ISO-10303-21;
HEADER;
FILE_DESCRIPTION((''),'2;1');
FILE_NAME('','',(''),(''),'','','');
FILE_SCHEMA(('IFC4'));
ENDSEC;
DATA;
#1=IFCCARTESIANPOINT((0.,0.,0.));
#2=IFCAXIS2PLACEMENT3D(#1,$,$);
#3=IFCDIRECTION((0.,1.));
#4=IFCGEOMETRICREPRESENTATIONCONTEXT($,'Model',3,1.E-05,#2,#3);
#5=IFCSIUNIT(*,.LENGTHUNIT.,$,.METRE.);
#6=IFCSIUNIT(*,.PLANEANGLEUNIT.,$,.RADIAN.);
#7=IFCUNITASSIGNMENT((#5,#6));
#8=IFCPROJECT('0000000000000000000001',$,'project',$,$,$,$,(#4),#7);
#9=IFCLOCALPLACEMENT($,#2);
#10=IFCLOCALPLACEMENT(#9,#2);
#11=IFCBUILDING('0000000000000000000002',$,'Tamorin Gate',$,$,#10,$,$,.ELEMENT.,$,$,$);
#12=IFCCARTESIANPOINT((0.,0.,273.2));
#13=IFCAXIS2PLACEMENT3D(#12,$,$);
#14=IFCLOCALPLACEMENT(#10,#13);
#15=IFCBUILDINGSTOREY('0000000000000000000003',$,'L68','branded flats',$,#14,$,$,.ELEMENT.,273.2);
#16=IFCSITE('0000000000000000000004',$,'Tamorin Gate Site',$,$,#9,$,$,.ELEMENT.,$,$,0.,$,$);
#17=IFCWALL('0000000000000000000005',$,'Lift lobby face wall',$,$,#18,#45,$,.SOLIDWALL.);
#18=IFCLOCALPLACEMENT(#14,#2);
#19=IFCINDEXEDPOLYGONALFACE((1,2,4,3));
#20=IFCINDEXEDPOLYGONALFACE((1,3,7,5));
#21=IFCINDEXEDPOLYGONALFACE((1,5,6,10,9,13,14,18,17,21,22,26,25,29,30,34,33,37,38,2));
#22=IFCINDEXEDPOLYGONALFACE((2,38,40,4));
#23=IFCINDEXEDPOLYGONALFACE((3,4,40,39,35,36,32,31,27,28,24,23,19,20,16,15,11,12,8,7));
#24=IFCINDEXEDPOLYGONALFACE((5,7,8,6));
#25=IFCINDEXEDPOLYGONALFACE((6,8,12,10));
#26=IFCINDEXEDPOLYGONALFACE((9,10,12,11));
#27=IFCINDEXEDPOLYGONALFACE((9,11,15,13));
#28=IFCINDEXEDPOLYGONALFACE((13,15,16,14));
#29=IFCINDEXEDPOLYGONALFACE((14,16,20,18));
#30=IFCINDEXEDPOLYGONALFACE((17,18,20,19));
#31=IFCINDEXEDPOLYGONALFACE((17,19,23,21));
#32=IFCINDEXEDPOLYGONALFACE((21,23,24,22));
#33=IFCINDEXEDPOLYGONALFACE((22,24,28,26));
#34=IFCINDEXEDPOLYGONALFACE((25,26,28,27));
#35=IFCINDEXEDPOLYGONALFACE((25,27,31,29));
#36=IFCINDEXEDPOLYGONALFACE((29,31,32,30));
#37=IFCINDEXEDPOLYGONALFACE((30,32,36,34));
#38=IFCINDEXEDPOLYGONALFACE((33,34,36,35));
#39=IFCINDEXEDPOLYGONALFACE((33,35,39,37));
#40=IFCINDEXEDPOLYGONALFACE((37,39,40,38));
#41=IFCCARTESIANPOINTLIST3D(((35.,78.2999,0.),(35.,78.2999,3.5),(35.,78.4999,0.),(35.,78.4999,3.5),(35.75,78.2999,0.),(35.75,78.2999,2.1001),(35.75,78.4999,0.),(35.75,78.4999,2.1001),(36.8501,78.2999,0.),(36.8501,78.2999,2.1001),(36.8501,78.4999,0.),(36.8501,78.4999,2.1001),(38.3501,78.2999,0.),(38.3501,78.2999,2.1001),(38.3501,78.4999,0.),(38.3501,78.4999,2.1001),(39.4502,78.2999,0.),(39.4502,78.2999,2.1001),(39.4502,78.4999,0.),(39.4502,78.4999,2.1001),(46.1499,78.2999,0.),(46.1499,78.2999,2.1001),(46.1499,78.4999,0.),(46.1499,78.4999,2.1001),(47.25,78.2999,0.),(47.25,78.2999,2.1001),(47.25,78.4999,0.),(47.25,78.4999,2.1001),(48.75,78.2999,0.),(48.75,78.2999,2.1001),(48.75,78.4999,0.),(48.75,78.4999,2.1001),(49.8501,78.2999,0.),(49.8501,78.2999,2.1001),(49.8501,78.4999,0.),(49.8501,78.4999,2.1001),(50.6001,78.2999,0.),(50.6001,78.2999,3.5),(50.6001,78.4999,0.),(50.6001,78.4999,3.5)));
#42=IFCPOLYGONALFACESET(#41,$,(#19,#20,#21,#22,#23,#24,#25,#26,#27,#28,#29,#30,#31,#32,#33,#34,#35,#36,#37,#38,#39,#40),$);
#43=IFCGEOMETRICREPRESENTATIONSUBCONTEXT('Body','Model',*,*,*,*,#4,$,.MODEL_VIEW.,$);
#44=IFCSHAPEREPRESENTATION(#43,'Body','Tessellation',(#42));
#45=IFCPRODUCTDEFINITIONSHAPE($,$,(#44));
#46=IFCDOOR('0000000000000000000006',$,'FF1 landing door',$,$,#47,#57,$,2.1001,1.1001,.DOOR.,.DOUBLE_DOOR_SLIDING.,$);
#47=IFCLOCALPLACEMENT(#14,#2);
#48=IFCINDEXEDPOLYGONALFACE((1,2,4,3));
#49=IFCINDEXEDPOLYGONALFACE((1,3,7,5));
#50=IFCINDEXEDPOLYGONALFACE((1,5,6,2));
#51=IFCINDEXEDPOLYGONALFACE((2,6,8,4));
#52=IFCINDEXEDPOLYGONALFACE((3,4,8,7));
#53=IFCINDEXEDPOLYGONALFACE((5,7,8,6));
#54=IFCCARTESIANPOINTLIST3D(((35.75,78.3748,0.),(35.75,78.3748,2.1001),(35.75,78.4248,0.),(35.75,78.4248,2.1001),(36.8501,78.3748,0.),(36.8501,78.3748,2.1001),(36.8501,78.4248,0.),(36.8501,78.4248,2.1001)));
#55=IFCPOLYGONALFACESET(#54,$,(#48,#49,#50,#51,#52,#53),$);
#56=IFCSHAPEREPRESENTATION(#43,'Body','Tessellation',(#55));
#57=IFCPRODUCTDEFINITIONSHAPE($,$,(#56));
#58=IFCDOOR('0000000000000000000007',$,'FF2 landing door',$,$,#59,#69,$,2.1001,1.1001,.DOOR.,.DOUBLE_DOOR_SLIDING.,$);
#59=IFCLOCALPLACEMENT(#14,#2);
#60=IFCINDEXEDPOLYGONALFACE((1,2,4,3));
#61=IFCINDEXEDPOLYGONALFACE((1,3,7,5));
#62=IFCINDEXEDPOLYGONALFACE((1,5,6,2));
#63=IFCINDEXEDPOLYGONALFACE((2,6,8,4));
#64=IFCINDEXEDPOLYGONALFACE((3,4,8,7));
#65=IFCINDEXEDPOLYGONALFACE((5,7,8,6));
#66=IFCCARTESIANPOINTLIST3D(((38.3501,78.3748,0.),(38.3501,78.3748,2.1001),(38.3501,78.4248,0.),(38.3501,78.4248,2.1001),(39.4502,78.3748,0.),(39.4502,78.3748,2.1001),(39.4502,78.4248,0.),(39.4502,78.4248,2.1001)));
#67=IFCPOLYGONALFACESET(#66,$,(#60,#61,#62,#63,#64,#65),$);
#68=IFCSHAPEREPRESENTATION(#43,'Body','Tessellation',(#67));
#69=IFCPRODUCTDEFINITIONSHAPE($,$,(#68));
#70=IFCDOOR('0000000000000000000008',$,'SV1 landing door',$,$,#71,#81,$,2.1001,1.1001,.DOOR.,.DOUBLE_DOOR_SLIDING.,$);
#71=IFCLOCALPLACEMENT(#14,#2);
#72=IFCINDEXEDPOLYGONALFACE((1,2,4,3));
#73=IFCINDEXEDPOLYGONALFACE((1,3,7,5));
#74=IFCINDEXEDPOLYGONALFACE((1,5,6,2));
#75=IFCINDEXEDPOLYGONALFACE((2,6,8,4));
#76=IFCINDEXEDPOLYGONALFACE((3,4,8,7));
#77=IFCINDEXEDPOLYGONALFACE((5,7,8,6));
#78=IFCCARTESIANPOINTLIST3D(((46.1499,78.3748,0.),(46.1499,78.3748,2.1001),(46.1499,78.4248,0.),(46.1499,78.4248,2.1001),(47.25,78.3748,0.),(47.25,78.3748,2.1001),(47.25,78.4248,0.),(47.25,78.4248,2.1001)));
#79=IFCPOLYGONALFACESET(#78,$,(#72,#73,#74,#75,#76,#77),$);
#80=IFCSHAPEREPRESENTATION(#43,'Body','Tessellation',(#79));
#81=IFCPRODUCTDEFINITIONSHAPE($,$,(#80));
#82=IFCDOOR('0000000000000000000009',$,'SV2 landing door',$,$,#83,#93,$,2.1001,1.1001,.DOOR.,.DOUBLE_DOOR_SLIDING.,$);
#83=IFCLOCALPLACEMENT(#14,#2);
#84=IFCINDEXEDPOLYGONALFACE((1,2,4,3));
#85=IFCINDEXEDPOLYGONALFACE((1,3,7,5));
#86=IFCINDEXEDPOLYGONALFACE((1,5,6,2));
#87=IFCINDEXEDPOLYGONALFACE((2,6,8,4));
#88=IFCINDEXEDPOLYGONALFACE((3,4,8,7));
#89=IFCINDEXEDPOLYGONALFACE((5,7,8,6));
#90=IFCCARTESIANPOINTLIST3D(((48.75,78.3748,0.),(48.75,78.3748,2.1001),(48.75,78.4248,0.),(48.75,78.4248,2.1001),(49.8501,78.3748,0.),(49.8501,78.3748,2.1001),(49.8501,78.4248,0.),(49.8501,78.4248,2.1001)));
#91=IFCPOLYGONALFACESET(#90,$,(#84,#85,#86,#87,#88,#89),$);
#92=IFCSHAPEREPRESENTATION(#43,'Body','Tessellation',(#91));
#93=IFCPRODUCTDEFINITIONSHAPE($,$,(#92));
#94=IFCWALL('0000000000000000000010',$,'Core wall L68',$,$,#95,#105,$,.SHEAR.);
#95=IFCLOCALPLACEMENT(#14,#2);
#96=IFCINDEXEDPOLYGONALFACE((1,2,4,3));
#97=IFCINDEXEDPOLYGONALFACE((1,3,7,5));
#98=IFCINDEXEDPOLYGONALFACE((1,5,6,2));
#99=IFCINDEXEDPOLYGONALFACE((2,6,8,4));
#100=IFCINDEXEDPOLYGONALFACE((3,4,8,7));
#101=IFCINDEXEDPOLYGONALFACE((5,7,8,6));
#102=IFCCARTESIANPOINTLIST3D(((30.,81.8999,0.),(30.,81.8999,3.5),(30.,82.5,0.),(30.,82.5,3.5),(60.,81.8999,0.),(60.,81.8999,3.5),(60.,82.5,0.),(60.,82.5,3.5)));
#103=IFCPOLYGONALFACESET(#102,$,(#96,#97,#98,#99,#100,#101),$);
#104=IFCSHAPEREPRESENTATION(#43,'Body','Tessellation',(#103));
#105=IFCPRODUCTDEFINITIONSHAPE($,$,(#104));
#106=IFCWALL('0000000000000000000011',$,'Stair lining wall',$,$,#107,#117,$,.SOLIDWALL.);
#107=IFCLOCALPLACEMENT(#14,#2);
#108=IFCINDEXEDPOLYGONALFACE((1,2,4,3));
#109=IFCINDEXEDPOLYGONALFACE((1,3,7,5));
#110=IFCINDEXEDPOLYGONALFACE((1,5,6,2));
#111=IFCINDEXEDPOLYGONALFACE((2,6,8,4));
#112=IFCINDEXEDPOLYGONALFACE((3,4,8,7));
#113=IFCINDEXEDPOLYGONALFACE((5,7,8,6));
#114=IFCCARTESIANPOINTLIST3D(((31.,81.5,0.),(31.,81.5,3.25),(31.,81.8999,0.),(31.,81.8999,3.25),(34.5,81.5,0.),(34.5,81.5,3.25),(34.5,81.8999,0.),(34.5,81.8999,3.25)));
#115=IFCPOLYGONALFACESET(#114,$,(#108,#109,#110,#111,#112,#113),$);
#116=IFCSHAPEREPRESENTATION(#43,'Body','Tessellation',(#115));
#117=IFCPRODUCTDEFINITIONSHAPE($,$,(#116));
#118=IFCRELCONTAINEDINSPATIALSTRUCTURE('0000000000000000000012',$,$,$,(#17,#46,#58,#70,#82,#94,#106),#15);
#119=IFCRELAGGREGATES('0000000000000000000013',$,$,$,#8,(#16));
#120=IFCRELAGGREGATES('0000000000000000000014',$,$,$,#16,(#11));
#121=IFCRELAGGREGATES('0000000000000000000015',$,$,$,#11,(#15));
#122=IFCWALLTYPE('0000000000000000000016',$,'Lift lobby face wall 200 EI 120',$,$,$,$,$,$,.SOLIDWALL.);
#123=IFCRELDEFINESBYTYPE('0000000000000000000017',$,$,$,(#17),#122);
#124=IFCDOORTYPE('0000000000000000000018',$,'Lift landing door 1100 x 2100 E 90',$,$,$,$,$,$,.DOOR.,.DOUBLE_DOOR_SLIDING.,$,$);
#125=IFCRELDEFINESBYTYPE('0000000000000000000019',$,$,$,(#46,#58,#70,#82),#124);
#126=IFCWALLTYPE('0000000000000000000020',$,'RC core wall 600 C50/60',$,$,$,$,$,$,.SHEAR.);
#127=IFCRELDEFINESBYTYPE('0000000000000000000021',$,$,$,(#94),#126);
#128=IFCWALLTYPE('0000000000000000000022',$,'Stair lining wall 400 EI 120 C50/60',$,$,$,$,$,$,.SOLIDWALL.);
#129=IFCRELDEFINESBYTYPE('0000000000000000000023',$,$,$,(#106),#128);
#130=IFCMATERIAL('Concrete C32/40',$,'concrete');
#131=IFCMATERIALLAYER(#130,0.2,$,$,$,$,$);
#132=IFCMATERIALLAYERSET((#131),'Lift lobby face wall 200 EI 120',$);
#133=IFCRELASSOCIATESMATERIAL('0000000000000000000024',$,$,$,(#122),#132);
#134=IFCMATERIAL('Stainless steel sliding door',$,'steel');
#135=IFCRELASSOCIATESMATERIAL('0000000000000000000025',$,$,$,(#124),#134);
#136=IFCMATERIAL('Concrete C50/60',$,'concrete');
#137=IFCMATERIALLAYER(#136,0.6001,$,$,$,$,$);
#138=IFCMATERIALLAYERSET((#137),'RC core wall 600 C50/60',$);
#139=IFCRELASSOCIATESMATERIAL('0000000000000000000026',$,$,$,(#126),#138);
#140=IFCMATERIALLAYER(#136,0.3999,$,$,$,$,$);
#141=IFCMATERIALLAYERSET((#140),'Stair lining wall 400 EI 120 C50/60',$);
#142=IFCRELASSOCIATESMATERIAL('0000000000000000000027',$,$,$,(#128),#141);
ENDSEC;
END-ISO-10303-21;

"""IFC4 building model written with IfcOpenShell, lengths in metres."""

from ifc_helpers import new_model, si_unit, direction, frame, frame_2d, origin, place, context, subcontext, project, spatial, rectangle, extrude, material, layer, layer_set, type_object, element, fill, save


model = new_model("IFC4")

# Units and contexts
model_context = context("Model", 3, precision=1e-05, world=origin(), true_north=direction((0.0, 1.0)))
body_context = subcontext(model_context, "Body", "Model", "MODEL_VIEW")
ifc_project = project(units=[si_unit("LENGTHUNIT", "METRE"), si_unit("PLANEANGLEUNIT", "RADIAN")], contexts=[model_context])

# Site, building, storey
site_placement = place(None, origin())
site = spatial("IfcSite", under=ifc_project, at=site_placement, Name="Tamorin Gate Site", CompositionType="ELEMENT", RefElevation=0.0)
building_placement = place(site_placement, origin())
building = spatial("IfcBuilding", under=site, at=building_placement, Name="Tamorin Gate", CompositionType="ELEMENT")
storey_placement = place(building_placement, frame((0.0, 0.0, 273.2)))
storey = spatial("IfcBuildingStorey", under=building, at=storey_placement, Name="L68", Description="branded flats", CompositionType="ELEMENT", Elevation=273.2)

# Wall, openings, doors
ifc_material_1 = material(Name="Concrete C32/40", Category="concrete")
ifc_layer_1 = layer(ifc_material_1, 0.2)
ifc_layer_set_1 = layer_set([ifc_layer_1], Name="Lift lobby face wall 200 EI 120")
wall_type_1 = type_object("IfcWallType", Name="Lift lobby face wall 200 EI 120", PredefinedType="SOLIDWALL", material=ifc_layer_set_1)
wall_1_placement = place(storey_placement, frame((35.0, 78.3999, 0.0), z_axis=(0.0, 0.0, 1.0), x_axis=(1.0, 0.0, 0.0)))
wall_1 = element("IfcWall", 1, at=wall_1_placement, inside=storey, type_object=wall_type_1, Name="Lift lobby face wall", PredefinedType="SOLIDWALL", context=body_context, shape_type="SweptSolid", body=[
    extrude(rectangle(XDim=15.6001, YDim=0.2, at=frame_2d((7.8, 0.0))), origin(), (0.0, 0.0, 1.0), 3.5),
])
opening_1_placement = place(wall_1_placement, frame((0.75, 0.0, 0.0)))
opening_1 = element("IfcOpeningElement", 2, at=opening_1_placement, cuts=wall_1, PredefinedType="OPENING", context=body_context, shape_type="SweptSolid", body=[
    extrude(rectangle(XDim=1.1001, YDim=2.1001, at=frame_2d((0.55, 1.05))), frame((0.0, 0.1099, 0.0), z_axis=(0.0, -1.0, 0.0), x_axis=(1.0, 0.0, 0.0)), (0.0, 0.0, 1.0), 0.22),
])
opening_2_placement = place(wall_1_placement, frame((3.3501, 0.0, 0.0)))
opening_2 = element("IfcOpeningElement", 3, at=opening_2_placement, cuts=wall_1, PredefinedType="OPENING", context=body_context, shape_type="SweptSolid", body=[
    extrude(rectangle(XDim=1.1001, YDim=2.1001, at=frame_2d((0.55, 1.05))), frame((0.0, 0.1099, 0.0), z_axis=(0.0, -1.0, 0.0), x_axis=(1.0, 0.0, 0.0)), (0.0, 0.0, 1.0), 0.22),
])
opening_3_placement = place(wall_1_placement, frame((11.1499, 0.0, 0.0)))
opening_3 = element("IfcOpeningElement", 4, at=opening_3_placement, cuts=wall_1, PredefinedType="OPENING", context=body_context, shape_type="SweptSolid", body=[
    extrude(rectangle(XDim=1.1001, YDim=2.1001, at=frame_2d((0.55, 1.05))), frame((0.0, 0.1099, 0.0), z_axis=(0.0, -1.0, 0.0), x_axis=(1.0, 0.0, 0.0)), (0.0, 0.0, 1.0), 0.22),
])
opening_4_placement = place(wall_1_placement, frame((13.75, 0.0, 0.0)))
opening_4 = element("IfcOpeningElement", 5, at=opening_4_placement, cuts=wall_1, PredefinedType="OPENING", context=body_context, shape_type="SweptSolid", body=[
    extrude(rectangle(XDim=1.1001, YDim=2.1001, at=frame_2d((0.55, 1.05))), frame((0.0, 0.1099, 0.0), z_axis=(0.0, -1.0, 0.0), x_axis=(1.0, 0.0, 0.0)), (0.0, 0.0, 1.0), 0.22),
])
ifc_material_2 = material(Name="Stainless steel sliding door", Category="steel")
door_type_1 = type_object("IfcDoorType", Name="Lift landing door 1100 x 2100 E 90", OperationType="DOUBLE_DOOR_SLIDING", PredefinedType="DOOR", material=ifc_material_2)
door_1_placement = place(opening_1_placement, origin())
door_1 = element("IfcDoor", 6, at=door_1_placement, inside=storey, type_object=door_type_1, Name="FF1 landing door", OperationType="DOUBLE_DOOR_SLIDING", OverallHeight=2.1001, OverallWidth=1.1001, PredefinedType="DOOR", context=body_context, shape_type="SweptSolid", body=[
    extrude(rectangle(XDim=1.1001, YDim=2.1001, at=frame_2d((0.55, 1.05))), frame((0.0, 0.0249, 0.0), z_axis=(0.0, -1.0, 0.0), x_axis=(1.0, 0.0, 0.0)), (0.0, 0.0, 1.0), 0.05),
])
fill(opening_1, door_1)
door_2_placement = place(opening_2_placement, origin())
door_2 = element("IfcDoor", 7, at=door_2_placement, inside=storey, type_object=door_type_1, Name="FF2 landing door", OperationType="DOUBLE_DOOR_SLIDING", OverallHeight=2.1001, OverallWidth=1.1001, PredefinedType="DOOR", context=body_context, shape_type="SweptSolid", body=[
    extrude(rectangle(XDim=1.1001, YDim=2.1001, at=frame_2d((0.55, 1.05))), frame((0.0, 0.0249, 0.0), z_axis=(0.0, -1.0, 0.0), x_axis=(1.0, 0.0, 0.0)), (0.0, 0.0, 1.0), 0.05),
])
fill(opening_2, door_2)
door_3_placement = place(opening_3_placement, origin())
door_3 = element("IfcDoor", 8, at=door_3_placement, inside=storey, type_object=door_type_1, Name="SV1 landing door", OperationType="DOUBLE_DOOR_SLIDING", OverallHeight=2.1001, OverallWidth=1.1001, PredefinedType="DOOR", context=body_context, shape_type="SweptSolid", body=[
    extrude(rectangle(XDim=1.1001, YDim=2.1001, at=frame_2d((0.55, 1.05))), frame((0.0, 0.0249, 0.0), z_axis=(0.0, -1.0, 0.0), x_axis=(1.0, 0.0, 0.0)), (0.0, 0.0, 1.0), 0.05),
])
fill(opening_3, door_3)
door_4_placement = place(opening_4_placement, origin())
door_4 = element("IfcDoor", 9, at=door_4_placement, inside=storey, type_object=door_type_1, Name="SV2 landing door", OperationType="DOUBLE_DOOR_SLIDING", OverallHeight=2.1001, OverallWidth=1.1001, PredefinedType="DOOR", context=body_context, shape_type="SweptSolid", body=[
    extrude(rectangle(XDim=1.1001, YDim=2.1001, at=frame_2d((0.55, 1.05))), frame((0.0, 0.0249, 0.0), z_axis=(0.0, -1.0, 0.0), x_axis=(1.0, 0.0, 0.0)), (0.0, 0.0, 1.0), 0.05),
])
fill(opening_4, door_4)

# Walls
ifc_material_3 = material(Name="Concrete C50/60", Category="concrete")
ifc_layer_2 = layer(ifc_material_3, 0.6001)
ifc_layer_set_2 = layer_set([ifc_layer_2], Name="RC core wall 600 C50/60")
wall_type_2 = type_object("IfcWallType", Name="RC core wall 600 C50/60", PredefinedType="SHEAR", material=ifc_layer_set_2)
wall_2_placement = place(storey_placement, frame((30.0, 82.2, 0.0), z_axis=(0.0, 0.0, 1.0), x_axis=(1.0, 0.0, 0.0)))
element("IfcWall", 10, at=wall_2_placement, inside=storey, type_object=wall_type_2, Name="Core wall L68", PredefinedType="SHEAR", context=body_context, shape_type="SweptSolid", body=[
    extrude(rectangle(XDim=30.0, YDim=0.6001, at=frame_2d((15.0, 0.0))), origin(), (0.0, 0.0, 1.0), 3.5),
])
ifc_layer_3 = layer(ifc_material_3, 0.3999)
ifc_layer_set_3 = layer_set([ifc_layer_3], Name="Stair lining wall 400 EI 120 C50/60")
wall_type_3 = type_object("IfcWallType", Name="Stair lining wall 400 EI 120 C50/60", PredefinedType="SOLIDWALL", material=ifc_layer_set_3)
wall_3_placement = place(storey_placement, frame((31.0, 81.7, 0.0), z_axis=(0.0, 0.0, 1.0), x_axis=(1.0, 0.0, 0.0)))
element("IfcWall", 11, at=wall_3_placement, inside=storey, type_object=wall_type_3, Name="Stair lining wall", PredefinedType="SOLIDWALL", context=body_context, shape_type="SweptSolid", body=[
    extrude(rectangle(XDim=3.5, YDim=0.3999, at=frame_2d((1.75, 0.0))), origin(), (0.0, 0.0, 1.0), 3.25),
])

save(model, "model.ifc")
